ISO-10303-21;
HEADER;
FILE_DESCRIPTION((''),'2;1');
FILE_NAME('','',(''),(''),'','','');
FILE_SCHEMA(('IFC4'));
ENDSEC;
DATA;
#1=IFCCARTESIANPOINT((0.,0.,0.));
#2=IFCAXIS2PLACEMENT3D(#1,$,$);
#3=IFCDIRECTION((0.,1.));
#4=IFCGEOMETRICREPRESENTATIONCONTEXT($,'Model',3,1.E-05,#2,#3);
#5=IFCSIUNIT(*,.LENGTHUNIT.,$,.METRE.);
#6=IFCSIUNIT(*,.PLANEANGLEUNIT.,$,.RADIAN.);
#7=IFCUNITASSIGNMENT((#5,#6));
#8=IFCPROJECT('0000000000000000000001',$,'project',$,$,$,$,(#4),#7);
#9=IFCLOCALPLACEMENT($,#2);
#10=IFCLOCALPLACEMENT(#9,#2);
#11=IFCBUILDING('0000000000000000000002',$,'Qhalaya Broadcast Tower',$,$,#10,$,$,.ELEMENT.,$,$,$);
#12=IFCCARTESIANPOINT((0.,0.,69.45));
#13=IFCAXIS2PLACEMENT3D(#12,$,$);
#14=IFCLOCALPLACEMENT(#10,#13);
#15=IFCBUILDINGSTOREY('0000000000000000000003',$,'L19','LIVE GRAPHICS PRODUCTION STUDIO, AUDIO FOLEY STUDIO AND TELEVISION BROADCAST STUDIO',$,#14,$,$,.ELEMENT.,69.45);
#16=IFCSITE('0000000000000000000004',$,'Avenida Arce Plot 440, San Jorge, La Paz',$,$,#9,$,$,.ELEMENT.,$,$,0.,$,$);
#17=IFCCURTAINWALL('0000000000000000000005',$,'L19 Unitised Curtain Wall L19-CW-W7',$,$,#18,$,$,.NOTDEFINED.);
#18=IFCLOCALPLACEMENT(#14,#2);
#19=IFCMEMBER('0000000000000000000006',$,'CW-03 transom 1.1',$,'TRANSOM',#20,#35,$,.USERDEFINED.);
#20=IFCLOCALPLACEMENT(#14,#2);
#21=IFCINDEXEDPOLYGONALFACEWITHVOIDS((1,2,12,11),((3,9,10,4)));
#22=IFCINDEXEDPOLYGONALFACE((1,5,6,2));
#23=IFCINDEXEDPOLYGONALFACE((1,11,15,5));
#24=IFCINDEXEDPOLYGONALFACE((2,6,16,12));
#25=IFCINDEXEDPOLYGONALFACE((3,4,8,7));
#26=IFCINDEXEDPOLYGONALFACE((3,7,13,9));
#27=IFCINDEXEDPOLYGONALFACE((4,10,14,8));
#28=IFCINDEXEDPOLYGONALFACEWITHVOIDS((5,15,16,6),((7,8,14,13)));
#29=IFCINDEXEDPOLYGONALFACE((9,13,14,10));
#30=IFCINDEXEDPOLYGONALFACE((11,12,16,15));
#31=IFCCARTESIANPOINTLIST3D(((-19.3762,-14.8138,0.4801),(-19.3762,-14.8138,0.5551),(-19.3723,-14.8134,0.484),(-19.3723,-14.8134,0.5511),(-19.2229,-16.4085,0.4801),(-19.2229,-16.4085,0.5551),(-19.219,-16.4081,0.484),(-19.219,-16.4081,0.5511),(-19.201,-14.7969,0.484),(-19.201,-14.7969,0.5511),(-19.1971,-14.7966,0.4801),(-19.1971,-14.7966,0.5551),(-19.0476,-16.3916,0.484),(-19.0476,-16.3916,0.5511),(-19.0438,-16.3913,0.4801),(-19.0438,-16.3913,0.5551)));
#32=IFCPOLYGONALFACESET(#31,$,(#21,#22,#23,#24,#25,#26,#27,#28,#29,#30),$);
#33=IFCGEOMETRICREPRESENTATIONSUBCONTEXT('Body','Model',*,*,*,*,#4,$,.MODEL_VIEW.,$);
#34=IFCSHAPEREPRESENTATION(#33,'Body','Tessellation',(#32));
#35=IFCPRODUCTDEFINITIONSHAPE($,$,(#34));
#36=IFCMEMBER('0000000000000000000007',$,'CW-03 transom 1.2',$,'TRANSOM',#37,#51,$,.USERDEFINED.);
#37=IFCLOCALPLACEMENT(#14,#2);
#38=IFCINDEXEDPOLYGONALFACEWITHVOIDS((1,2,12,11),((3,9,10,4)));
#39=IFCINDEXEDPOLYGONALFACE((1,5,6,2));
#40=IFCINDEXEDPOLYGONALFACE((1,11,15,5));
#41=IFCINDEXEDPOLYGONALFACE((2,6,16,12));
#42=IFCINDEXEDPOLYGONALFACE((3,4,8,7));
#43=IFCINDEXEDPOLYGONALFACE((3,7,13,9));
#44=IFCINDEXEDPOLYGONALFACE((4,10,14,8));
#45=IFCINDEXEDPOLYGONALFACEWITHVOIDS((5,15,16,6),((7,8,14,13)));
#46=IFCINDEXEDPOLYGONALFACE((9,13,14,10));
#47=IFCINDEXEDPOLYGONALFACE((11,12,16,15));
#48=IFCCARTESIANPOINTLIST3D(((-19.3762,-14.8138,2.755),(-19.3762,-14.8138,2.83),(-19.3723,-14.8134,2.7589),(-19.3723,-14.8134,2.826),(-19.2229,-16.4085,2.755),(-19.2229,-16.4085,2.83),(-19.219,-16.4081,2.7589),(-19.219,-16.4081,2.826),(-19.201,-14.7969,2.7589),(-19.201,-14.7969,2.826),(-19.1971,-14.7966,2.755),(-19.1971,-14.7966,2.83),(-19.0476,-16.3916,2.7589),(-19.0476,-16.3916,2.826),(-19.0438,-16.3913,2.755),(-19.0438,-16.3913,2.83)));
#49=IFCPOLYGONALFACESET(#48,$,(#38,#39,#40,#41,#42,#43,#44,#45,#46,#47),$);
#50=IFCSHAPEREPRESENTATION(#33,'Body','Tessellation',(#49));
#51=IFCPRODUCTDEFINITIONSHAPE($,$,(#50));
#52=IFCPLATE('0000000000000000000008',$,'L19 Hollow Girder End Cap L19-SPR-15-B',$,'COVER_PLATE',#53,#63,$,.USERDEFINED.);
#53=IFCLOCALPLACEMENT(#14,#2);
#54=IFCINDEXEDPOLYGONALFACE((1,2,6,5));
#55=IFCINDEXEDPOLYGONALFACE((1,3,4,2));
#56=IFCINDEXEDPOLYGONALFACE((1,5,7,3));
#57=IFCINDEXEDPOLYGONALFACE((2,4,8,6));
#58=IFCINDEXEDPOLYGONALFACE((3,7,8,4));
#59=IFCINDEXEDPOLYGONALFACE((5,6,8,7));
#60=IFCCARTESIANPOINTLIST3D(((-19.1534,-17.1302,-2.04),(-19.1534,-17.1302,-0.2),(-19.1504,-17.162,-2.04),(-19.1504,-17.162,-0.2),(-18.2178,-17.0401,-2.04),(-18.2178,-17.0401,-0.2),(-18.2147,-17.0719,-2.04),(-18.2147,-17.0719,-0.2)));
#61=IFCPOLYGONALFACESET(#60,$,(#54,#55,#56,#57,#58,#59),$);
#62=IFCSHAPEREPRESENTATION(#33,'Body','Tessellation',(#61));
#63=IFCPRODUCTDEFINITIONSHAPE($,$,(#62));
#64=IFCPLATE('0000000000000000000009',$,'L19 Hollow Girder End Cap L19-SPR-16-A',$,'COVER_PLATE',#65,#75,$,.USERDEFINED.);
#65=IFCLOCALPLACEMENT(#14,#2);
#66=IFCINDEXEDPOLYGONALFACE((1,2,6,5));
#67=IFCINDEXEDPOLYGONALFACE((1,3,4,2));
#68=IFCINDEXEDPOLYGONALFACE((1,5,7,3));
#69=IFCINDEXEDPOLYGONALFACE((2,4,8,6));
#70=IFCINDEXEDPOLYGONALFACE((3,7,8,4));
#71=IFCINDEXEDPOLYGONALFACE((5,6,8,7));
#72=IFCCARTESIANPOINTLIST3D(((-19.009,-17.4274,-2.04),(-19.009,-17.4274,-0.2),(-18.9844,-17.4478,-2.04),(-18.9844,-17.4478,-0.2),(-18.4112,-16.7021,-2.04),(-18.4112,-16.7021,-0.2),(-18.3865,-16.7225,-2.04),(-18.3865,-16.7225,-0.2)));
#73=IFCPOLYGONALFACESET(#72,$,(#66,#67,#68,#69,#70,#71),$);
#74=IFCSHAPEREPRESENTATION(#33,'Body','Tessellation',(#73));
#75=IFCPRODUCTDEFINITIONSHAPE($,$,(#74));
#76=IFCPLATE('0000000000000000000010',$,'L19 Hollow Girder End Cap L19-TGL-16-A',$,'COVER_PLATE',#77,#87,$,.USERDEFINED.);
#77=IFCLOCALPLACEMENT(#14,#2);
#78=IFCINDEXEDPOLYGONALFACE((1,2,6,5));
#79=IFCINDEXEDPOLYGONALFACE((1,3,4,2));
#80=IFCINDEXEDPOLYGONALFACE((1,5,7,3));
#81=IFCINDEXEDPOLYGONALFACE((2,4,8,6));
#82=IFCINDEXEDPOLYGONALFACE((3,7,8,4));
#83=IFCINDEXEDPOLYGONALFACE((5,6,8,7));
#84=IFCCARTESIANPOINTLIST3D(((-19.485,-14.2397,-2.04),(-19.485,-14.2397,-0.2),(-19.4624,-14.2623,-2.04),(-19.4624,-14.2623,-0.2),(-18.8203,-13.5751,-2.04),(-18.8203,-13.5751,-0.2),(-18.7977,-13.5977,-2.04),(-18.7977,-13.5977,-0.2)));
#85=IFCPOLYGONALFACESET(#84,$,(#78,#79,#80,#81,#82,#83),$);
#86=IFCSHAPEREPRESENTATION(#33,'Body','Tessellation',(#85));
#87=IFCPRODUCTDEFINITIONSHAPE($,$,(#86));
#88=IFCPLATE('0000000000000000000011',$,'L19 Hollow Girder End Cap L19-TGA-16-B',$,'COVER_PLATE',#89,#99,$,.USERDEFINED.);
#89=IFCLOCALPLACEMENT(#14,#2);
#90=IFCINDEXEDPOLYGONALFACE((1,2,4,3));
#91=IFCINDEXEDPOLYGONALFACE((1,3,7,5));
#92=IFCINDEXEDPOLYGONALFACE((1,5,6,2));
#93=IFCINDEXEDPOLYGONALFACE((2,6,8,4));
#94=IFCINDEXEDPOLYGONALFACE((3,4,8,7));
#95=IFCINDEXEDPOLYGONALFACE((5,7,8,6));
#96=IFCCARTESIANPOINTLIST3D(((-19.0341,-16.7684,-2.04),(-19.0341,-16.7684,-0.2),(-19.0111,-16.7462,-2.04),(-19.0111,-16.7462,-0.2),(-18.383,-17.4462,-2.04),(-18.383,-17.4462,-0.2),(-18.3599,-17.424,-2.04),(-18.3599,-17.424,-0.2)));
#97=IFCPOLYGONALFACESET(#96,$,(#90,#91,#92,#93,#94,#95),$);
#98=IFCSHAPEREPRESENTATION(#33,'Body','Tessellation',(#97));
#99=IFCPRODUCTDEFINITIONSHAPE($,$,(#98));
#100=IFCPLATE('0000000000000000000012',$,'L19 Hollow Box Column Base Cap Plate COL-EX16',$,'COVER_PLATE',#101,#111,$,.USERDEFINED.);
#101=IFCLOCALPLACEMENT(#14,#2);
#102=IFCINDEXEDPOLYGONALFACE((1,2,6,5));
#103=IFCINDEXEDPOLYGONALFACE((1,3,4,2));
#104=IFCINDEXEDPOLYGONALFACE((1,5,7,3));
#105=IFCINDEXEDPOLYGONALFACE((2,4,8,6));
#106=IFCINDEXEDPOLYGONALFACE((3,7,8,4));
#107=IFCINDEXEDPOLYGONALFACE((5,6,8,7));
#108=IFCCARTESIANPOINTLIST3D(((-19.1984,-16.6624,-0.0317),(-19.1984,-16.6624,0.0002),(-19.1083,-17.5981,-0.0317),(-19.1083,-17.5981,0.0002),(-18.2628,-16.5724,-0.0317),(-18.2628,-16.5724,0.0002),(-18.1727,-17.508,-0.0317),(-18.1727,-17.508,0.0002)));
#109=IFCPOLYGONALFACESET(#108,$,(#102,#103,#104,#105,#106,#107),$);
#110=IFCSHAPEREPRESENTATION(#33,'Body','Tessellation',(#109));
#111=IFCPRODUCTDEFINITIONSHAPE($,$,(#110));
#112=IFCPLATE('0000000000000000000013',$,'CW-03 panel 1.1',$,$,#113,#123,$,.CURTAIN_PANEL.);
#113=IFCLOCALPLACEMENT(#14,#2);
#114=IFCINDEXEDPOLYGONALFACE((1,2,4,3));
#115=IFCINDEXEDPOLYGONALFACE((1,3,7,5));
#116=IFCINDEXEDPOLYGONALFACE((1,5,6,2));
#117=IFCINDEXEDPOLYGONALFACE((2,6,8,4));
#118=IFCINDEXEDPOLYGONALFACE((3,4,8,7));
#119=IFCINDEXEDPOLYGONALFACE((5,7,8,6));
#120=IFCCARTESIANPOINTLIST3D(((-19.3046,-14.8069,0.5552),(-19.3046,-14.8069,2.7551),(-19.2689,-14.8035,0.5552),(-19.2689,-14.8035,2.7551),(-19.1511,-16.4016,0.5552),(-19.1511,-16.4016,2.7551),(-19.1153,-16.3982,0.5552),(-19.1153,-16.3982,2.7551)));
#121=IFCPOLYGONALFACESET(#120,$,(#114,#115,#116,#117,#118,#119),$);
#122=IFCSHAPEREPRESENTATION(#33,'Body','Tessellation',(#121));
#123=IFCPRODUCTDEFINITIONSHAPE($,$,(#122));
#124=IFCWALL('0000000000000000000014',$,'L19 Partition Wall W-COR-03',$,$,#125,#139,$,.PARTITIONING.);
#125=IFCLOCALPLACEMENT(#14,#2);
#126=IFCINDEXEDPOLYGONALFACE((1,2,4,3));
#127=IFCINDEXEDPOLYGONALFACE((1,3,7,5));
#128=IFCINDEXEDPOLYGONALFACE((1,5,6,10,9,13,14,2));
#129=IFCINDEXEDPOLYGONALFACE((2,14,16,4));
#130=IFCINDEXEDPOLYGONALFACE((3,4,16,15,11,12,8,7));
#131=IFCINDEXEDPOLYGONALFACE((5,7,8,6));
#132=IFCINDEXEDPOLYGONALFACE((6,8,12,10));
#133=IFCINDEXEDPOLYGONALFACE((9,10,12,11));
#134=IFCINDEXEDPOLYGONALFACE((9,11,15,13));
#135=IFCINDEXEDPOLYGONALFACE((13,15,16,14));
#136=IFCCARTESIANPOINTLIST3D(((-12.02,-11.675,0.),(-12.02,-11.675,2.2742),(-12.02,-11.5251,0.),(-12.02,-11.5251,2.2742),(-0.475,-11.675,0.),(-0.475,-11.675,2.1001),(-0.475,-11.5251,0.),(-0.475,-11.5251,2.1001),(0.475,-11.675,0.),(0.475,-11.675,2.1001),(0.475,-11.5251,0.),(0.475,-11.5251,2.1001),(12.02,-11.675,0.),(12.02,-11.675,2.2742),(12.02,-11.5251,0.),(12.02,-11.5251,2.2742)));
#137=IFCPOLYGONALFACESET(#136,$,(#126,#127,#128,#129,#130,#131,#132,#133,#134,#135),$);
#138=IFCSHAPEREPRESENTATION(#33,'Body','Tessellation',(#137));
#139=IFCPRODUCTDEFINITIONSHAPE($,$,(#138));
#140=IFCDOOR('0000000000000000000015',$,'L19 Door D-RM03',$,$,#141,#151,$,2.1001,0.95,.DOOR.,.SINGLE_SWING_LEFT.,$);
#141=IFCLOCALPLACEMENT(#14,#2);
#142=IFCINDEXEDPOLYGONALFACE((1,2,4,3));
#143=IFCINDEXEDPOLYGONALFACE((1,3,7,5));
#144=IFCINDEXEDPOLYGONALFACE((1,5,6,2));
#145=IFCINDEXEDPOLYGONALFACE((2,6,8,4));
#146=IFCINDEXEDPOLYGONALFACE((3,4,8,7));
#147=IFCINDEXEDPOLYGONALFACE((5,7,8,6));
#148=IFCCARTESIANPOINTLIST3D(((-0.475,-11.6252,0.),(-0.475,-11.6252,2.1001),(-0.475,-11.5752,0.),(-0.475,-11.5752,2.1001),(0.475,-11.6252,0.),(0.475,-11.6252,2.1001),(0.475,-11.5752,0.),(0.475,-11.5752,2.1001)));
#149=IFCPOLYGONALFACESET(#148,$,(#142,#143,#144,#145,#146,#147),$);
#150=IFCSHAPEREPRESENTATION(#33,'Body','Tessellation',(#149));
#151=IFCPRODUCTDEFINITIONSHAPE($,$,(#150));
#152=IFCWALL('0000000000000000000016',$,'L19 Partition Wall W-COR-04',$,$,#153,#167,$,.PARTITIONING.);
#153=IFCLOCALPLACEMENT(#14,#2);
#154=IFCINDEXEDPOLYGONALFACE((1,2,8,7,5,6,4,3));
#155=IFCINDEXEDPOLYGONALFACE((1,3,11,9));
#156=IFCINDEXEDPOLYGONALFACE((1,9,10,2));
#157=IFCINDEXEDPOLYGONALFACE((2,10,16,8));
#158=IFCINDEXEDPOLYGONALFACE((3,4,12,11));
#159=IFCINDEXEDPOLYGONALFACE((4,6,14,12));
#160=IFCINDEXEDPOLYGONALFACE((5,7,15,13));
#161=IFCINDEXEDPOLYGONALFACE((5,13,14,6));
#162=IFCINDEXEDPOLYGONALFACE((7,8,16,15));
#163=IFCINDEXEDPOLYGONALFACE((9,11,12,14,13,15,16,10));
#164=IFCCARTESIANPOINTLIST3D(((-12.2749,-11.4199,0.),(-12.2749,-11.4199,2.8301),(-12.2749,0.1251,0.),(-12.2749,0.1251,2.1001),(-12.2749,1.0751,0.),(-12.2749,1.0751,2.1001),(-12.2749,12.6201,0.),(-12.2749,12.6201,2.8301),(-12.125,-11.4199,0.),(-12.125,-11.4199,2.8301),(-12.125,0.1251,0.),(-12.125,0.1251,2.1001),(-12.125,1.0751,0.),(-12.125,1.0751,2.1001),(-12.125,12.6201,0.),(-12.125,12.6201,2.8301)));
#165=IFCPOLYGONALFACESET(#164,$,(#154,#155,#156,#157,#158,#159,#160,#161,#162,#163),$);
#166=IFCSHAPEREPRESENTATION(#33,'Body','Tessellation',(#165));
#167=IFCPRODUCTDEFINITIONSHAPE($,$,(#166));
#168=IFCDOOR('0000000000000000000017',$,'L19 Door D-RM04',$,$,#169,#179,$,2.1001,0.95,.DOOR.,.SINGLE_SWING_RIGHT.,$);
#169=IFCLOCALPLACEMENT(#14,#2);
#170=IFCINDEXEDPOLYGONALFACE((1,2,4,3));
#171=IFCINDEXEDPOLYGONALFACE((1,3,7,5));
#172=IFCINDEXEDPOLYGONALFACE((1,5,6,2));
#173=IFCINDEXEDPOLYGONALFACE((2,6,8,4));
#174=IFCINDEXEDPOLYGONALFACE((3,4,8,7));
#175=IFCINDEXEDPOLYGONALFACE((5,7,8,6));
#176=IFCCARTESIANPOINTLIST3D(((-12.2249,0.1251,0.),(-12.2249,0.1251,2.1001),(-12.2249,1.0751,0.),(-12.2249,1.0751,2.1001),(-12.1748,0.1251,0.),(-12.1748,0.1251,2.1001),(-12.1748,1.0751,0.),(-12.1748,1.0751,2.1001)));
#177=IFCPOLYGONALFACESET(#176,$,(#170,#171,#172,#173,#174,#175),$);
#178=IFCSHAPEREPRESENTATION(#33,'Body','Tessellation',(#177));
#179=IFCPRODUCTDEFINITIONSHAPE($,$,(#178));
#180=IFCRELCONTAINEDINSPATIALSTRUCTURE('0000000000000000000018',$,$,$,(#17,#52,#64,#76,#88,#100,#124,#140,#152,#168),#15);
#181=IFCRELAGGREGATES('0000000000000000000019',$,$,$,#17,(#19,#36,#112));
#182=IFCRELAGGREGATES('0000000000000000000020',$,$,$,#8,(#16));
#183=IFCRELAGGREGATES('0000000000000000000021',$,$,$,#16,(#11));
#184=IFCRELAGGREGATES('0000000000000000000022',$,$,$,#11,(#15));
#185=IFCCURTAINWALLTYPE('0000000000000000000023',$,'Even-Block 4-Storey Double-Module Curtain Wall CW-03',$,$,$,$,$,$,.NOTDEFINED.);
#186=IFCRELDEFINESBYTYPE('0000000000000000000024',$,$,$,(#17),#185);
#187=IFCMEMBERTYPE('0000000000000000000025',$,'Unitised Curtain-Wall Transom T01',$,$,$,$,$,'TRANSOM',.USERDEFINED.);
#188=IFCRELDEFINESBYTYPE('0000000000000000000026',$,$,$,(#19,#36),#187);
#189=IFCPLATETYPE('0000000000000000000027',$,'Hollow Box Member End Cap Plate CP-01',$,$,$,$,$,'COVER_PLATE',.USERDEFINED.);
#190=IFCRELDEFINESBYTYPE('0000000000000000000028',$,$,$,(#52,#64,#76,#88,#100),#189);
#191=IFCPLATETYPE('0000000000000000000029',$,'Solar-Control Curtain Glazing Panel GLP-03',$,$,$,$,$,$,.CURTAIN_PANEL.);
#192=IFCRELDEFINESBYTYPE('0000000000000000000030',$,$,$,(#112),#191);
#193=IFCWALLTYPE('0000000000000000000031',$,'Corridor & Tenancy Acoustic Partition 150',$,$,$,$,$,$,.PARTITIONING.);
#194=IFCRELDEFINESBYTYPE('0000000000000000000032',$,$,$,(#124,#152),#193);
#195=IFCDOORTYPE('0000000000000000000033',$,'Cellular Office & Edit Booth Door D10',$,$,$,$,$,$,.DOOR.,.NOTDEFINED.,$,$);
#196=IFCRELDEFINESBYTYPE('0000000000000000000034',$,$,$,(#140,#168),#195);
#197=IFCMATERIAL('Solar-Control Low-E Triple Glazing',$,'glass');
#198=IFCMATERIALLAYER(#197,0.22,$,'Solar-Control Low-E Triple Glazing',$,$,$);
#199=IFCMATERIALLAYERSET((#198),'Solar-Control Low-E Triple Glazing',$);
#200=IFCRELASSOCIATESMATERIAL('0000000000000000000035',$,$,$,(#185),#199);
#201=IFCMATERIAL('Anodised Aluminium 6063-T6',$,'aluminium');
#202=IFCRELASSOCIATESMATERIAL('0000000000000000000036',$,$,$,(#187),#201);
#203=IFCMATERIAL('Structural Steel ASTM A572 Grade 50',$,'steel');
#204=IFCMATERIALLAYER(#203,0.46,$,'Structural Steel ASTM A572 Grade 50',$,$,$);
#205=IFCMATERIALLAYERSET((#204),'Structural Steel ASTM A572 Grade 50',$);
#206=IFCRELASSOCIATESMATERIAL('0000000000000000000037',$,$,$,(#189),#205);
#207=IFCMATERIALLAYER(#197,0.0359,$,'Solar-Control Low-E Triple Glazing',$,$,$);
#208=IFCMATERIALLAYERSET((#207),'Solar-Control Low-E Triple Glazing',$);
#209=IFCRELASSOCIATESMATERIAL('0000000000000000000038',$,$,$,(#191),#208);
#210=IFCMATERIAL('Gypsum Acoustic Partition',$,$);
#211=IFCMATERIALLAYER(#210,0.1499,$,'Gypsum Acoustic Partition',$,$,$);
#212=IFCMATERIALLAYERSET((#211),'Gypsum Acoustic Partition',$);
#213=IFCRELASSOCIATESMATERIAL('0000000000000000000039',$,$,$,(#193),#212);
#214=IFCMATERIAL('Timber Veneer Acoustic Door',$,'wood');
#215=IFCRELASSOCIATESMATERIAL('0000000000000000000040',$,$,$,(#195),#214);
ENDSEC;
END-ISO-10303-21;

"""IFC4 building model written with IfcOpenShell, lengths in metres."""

from ifc_helpers import new_model, si_unit, direction, frame, frame_2d, origin, origin_2d, place, context, subcontext, project, spatial, rectangle, hollow_rectangle, extrude, material, layer, layer_set, material_profile, profile_set, type_object, element, fill, aggregate, save


model = new_model("IFC4")

# Units and contexts
model_context = context("Model", 3, precision=1e-05, world=origin(), true_north=direction((0.0, 1.0)))
body_context = subcontext(model_context, "Body", "Model", "MODEL_VIEW")
ifc_project = project(units=[si_unit("LENGTHUNIT", "METRE"), si_unit("PLANEANGLEUNIT", "RADIAN")], contexts=[model_context])

# Site, building, storey
site_placement = place(None, origin())
site = spatial("IfcSite", under=ifc_project, at=site_placement, Name="Avenida Arce Plot 440, San Jorge, La Paz", CompositionType="ELEMENT", RefElevation=0.0)
building_placement = place(site_placement, origin())
building = spatial("IfcBuilding", under=site, at=building_placement, Name="Qhalaya Broadcast Tower", CompositionType="ELEMENT")
storey_placement = place(building_placement, frame((0.0, 0.0, 69.45)))
storey = spatial("IfcBuildingStorey", under=building, at=storey_placement, Name="L19", Description="LIVE GRAPHICS PRODUCTION STUDIO, AUDIO FOLEY STUDIO AND TELEVISION BROADCAST STUDIO", CompositionType="ELEMENT", Elevation=69.45)

# Shared definitions
ifc_material_1 = material(Name="Structural Steel ASTM A572 Grade 50", Category="steel")

# Shared definitions
ifc_material_2 = material(Name="Anodised Aluminium 6063-T6", Category="aluminium")

# Curtain wall, members
ifc_material_3 = material(Name="Solar-Control Low-E Triple Glazing", Category="glass")
ifc_layer_1 = layer(ifc_material_3, 0.22, Name="Solar-Control Low-E Triple Glazing")
ifc_layer_set_1 = layer_set([ifc_layer_1], Name="Solar-Control Low-E Triple Glazing")
curtain_wall_type_1 = type_object("IfcCurtainWallType", Name="Even-Block 4-Storey Double-Module Curtain Wall CW-03", PredefinedType="NOTDEFINED", material=ifc_layer_set_1)
curtain_wall_1_placement = place(storey_placement, origin())
curtain_wall_1 = element("IfcCurtainWall", 1, at=curtain_wall_1_placement, inside=storey, type_object=curtain_wall_type_1, Name="L19 Unitised Curtain Wall L19-CW-W7", PredefinedType="NOTDEFINED")
ifc_material_profile_1 = material_profile(ifc_material_2, hollow_rectangle(XDim=0.075, YDim=0.1799, WallThickness=0.0039, at=origin_2d()), Name="ALU-TRN 75x180x4")
ifc_profile_set_1 = profile_set([ifc_material_profile_1], Name="Anodised Aluminium 6063-T6")
member_type_1 = type_object("IfcMemberType", Name="Unitised Curtain-Wall Transom T01", ElementType="TRANSOM", PredefinedType="USERDEFINED", material=ifc_profile_set_1)
member_1_placement = place(storey_placement, frame((-19.2866, -14.8052, 0.5176), z_axis=(0.095701, -0.99541, 0.0), x_axis=(0.0, 0.0, 1.0)))
member_1 = element("IfcMember", 2, at=member_1_placement, type_object=member_type_1, Name="CW-03 transom 1.1", ObjectType="TRANSOM", PredefinedType="USERDEFINED", context=body_context, shape_type="SweptSolid", body=[
    extrude(hollow_rectangle(XDim=0.075, YDim=0.1799, WallThickness=0.0039, at=origin_2d()), origin(), (0.0, 0.0, 1.0), 1.6021),
])
member_2_placement = place(storey_placement, frame((-19.2866, -14.8052, 2.7925), z_axis=(0.095701, -0.99541, 0.0), x_axis=(0.0, 0.0, 1.0)))
member_2 = element("IfcMember", 3, at=member_2_placement, type_object=member_type_1, Name="CW-03 transom 1.2", ObjectType="TRANSOM", PredefinedType="USERDEFINED", context=body_context, shape_type="SweptSolid", body=[
    extrude(hollow_rectangle(XDim=0.075, YDim=0.1799, WallThickness=0.0039, at=origin_2d()), origin(), (0.0, 0.0, 1.0), 1.6021),
])

# Plates
ifc_layer_2 = layer(ifc_material_1, 0.46, Name="Structural Steel ASTM A572 Grade 50")
ifc_layer_set_2 = layer_set([ifc_layer_2], Name="Structural Steel ASTM A572 Grade 50")
plate_type_1 = type_object("IfcPlateType", Name="Hollow Box Member End Cap Plate CP-01", ElementType="COVER_PLATE", PredefinedType="USERDEFINED", material=ifc_layer_set_2)
for number, where, z_axis, x_axis, name in (
    (4, (-18.6841, -17.1011, -2.04), (0.0, 0.0, 1.0), (0.995396, 0.095846, 0.0), "L19 Hollow Girder End Cap L19-SPR-15-B"),
    (5, (-18.6978, -17.075, -2.04), (0.0, 0.0, 1.0), (0.636078, 0.771625, 0.0), "L19 Hollow Girder End Cap L19-SPR-16-A"),
    (6, (-19.1414, -13.9187, -2.04), (0.0, 0.0, 1.0), (0.707107, 0.707107, 0.0), "L19 Hollow Girder End Cap L19-TGL-16-A"),
    (7, (-18.697, -17.0962, -2.04), (0.0, 0.0, 1.0), (0.692798, -0.721132, 0.0), "L19 Hollow Girder End Cap L19-TGA-16-B"),
):
    element("IfcPlate", number, at=place(storey_placement, frame(where, z_axis=z_axis, x_axis=x_axis)), inside=storey, type_object=plate_type_1, Name=name, ObjectType="COVER_PLATE", PredefinedType="USERDEFINED", context=body_context, shape_type="SweptSolid", body=[
        extrude(rectangle(XDim=0.9399, YDim=0.032, at=origin_2d()), origin(), (0.0, 0.0, 1.0), 1.8401),
    ])
plate_1_placement = place(storey_placement, frame((-18.6855, -17.0852, -0.0317), z_axis=(0.0, 0.0, 1.0), x_axis=(-0.095846, 0.995396, 0.0)))
element("IfcPlate", 8, at=plate_1_placement, inside=storey, type_object=plate_type_1, Name="L19 Hollow Box Column Base Cap Plate COL-EX16", ObjectType="COVER_PLATE", PredefinedType="USERDEFINED", context=body_context, shape_type="SweptSolid", body=[
    extrude(rectangle(XDim=0.9399, YDim=0.9399, at=origin_2d()), origin(), (0.0, 0.0, 1.0), 0.032),
])

# Plate
ifc_layer_3 = layer(ifc_material_3, 0.0359, Name="Solar-Control Low-E Triple Glazing")
ifc_layer_set_3 = layer_set([ifc_layer_3], Name="Solar-Control Low-E Triple Glazing")
plate_type_2 = type_object("IfcPlateType", Name="Solar-Control Curtain Glazing Panel GLP-03", PredefinedType="CURTAIN_PANEL", material=ifc_layer_set_3)
plate_2_placement = place(storey_placement, frame((-19.21, -15.6025, 0.5552), z_axis=(0.0, 0.0, 1.0), x_axis=(0.09583, -0.995398, 0.0)))
plate_2 = element("IfcPlate", 9, at=plate_2_placement, type_object=plate_type_2, Name="CW-03 panel 1.1", PredefinedType="CURTAIN_PANEL", context=body_context, shape_type="SweptSolid", body=[
    extrude(rectangle(XDim=1.6021, YDim=0.0359, at=origin_2d()), origin(), (0.0, 0.0, 1.0), 2.2),
])
aggregate(curtain_wall_1, [member_1, member_2, plate_2])

# Walls, openings, doors
ifc_material_4 = material(Name="Gypsum Acoustic Partition")
ifc_layer_4 = layer(ifc_material_4, 0.1499, Name="Gypsum Acoustic Partition")
ifc_layer_set_4 = layer_set([ifc_layer_4], Name="Gypsum Acoustic Partition")
wall_type_1 = type_object("IfcWallType", Name="Corridor & Tenancy Acoustic Partition 150", PredefinedType="PARTITIONING", material=ifc_layer_set_4)
wall_1_placement = place(storey_placement, frame((-12.02, -11.6001, 0.0), z_axis=(0.0, 0.0, 1.0), x_axis=(1.0, 0.0, 0.0)))
wall_1 = element("IfcWall", 10, at=wall_1_placement, inside=storey, type_object=wall_type_1, Name="L19 Partition Wall W-COR-03", PredefinedType="PARTITIONING", context=body_context, shape_type="SweptSolid", body=[
    extrude(rectangle(XDim=24.04, YDim=0.1499, at=frame_2d((12.02, 0.0))), origin(), (0.0, 0.0, 1.0), 2.2742),
])
opening_1_placement = place(wall_1_placement, frame((11.5449, 0.0, 0.0)))
opening_1 = element("IfcOpeningElement", 11, at=opening_1_placement, cuts=wall_1, PredefinedType="OPENING", context=body_context, shape_type="SweptSolid", body=[
    extrude(rectangle(XDim=0.95, YDim=2.1001, at=frame_2d((0.4751, 1.05))), frame((0.0, 0.0869, 0.0), z_axis=(0.0, -1.0, 0.0), x_axis=(1.0, 0.0, 0.0)), (0.0, 0.0, 1.0), 0.1738),
])
ifc_material_5 = material(Name="Timber Veneer Acoustic Door", Category="wood")
door_type = type_object("IfcDoorType", Name="Cellular Office & Edit Booth Door D10", OperationType="NOTDEFINED", PredefinedType="DOOR", material=ifc_material_5)
door_1_placement = place(opening_1_placement, origin())
door_1 = element("IfcDoor", 12, at=door_1_placement, inside=storey, type_object=door_type, Name="L19 Door D-RM03", OperationType="SINGLE_SWING_LEFT", OverallHeight=2.1001, OverallWidth=0.95, PredefinedType="DOOR", context=body_context, shape_type="SweptSolid", body=[
    extrude(rectangle(XDim=0.95, YDim=2.1001, at=frame_2d((0.4751, 1.05))), frame((0.0, 0.0249, 0.0), z_axis=(0.0, -1.0, 0.0), x_axis=(1.0, 0.0, 0.0)), (0.0, 0.0, 1.0), 0.05),
])
fill(opening_1, door_1)
wall_2_placement = place(storey_placement, frame((-12.2, -11.4199, 0.0), z_axis=(0.0, 0.0, 1.0), x_axis=(0.0, 1.0, 0.0)))
wall_2 = element("IfcWall", 13, at=wall_2_placement, inside=storey, type_object=wall_type_1, Name="L19 Partition Wall W-COR-04", PredefinedType="PARTITIONING", context=body_context, shape_type="SweptSolid", body=[
    extrude(rectangle(XDim=24.04, YDim=0.1499, at=frame_2d((12.02, 0.0))), origin(), (0.0, 0.0, 1.0), 2.8301),
])
opening_2_placement = place(wall_2_placement, frame((11.5449, 0.0, 0.0)))
opening_2 = element("IfcOpeningElement", 14, at=opening_2_placement, cuts=wall_2, PredefinedType="OPENING", context=body_context, shape_type="SweptSolid", body=[
    extrude(rectangle(XDim=0.95, YDim=2.1001, at=frame_2d((0.4751, 1.05))), frame((0.0, 0.0869, 0.0), z_axis=(0.0, -1.0, 0.0), x_axis=(1.0, 0.0, 0.0)), (0.0, 0.0, 1.0), 0.1738),
])
door_2_placement = place(opening_2_placement, origin())
door_2 = element("IfcDoor", 15, at=door_2_placement, inside=storey, type_object=door_type, Name="L19 Door D-RM04", OperationType="SINGLE_SWING_RIGHT", OverallHeight=2.1001, OverallWidth=0.95, PredefinedType="DOOR", context=body_context, shape_type="SweptSolid", body=[
    extrude(rectangle(XDim=0.95, YDim=2.1001, at=frame_2d((0.4751, 1.05))), frame((0.0, 0.0249, 0.0), z_axis=(0.0, -1.0, 0.0), x_axis=(1.0, 0.0, 0.0)), (0.0, 0.0, 1.0), 0.05),
])
fill(opening_2, door_2)

save(model, "model.ifc")
